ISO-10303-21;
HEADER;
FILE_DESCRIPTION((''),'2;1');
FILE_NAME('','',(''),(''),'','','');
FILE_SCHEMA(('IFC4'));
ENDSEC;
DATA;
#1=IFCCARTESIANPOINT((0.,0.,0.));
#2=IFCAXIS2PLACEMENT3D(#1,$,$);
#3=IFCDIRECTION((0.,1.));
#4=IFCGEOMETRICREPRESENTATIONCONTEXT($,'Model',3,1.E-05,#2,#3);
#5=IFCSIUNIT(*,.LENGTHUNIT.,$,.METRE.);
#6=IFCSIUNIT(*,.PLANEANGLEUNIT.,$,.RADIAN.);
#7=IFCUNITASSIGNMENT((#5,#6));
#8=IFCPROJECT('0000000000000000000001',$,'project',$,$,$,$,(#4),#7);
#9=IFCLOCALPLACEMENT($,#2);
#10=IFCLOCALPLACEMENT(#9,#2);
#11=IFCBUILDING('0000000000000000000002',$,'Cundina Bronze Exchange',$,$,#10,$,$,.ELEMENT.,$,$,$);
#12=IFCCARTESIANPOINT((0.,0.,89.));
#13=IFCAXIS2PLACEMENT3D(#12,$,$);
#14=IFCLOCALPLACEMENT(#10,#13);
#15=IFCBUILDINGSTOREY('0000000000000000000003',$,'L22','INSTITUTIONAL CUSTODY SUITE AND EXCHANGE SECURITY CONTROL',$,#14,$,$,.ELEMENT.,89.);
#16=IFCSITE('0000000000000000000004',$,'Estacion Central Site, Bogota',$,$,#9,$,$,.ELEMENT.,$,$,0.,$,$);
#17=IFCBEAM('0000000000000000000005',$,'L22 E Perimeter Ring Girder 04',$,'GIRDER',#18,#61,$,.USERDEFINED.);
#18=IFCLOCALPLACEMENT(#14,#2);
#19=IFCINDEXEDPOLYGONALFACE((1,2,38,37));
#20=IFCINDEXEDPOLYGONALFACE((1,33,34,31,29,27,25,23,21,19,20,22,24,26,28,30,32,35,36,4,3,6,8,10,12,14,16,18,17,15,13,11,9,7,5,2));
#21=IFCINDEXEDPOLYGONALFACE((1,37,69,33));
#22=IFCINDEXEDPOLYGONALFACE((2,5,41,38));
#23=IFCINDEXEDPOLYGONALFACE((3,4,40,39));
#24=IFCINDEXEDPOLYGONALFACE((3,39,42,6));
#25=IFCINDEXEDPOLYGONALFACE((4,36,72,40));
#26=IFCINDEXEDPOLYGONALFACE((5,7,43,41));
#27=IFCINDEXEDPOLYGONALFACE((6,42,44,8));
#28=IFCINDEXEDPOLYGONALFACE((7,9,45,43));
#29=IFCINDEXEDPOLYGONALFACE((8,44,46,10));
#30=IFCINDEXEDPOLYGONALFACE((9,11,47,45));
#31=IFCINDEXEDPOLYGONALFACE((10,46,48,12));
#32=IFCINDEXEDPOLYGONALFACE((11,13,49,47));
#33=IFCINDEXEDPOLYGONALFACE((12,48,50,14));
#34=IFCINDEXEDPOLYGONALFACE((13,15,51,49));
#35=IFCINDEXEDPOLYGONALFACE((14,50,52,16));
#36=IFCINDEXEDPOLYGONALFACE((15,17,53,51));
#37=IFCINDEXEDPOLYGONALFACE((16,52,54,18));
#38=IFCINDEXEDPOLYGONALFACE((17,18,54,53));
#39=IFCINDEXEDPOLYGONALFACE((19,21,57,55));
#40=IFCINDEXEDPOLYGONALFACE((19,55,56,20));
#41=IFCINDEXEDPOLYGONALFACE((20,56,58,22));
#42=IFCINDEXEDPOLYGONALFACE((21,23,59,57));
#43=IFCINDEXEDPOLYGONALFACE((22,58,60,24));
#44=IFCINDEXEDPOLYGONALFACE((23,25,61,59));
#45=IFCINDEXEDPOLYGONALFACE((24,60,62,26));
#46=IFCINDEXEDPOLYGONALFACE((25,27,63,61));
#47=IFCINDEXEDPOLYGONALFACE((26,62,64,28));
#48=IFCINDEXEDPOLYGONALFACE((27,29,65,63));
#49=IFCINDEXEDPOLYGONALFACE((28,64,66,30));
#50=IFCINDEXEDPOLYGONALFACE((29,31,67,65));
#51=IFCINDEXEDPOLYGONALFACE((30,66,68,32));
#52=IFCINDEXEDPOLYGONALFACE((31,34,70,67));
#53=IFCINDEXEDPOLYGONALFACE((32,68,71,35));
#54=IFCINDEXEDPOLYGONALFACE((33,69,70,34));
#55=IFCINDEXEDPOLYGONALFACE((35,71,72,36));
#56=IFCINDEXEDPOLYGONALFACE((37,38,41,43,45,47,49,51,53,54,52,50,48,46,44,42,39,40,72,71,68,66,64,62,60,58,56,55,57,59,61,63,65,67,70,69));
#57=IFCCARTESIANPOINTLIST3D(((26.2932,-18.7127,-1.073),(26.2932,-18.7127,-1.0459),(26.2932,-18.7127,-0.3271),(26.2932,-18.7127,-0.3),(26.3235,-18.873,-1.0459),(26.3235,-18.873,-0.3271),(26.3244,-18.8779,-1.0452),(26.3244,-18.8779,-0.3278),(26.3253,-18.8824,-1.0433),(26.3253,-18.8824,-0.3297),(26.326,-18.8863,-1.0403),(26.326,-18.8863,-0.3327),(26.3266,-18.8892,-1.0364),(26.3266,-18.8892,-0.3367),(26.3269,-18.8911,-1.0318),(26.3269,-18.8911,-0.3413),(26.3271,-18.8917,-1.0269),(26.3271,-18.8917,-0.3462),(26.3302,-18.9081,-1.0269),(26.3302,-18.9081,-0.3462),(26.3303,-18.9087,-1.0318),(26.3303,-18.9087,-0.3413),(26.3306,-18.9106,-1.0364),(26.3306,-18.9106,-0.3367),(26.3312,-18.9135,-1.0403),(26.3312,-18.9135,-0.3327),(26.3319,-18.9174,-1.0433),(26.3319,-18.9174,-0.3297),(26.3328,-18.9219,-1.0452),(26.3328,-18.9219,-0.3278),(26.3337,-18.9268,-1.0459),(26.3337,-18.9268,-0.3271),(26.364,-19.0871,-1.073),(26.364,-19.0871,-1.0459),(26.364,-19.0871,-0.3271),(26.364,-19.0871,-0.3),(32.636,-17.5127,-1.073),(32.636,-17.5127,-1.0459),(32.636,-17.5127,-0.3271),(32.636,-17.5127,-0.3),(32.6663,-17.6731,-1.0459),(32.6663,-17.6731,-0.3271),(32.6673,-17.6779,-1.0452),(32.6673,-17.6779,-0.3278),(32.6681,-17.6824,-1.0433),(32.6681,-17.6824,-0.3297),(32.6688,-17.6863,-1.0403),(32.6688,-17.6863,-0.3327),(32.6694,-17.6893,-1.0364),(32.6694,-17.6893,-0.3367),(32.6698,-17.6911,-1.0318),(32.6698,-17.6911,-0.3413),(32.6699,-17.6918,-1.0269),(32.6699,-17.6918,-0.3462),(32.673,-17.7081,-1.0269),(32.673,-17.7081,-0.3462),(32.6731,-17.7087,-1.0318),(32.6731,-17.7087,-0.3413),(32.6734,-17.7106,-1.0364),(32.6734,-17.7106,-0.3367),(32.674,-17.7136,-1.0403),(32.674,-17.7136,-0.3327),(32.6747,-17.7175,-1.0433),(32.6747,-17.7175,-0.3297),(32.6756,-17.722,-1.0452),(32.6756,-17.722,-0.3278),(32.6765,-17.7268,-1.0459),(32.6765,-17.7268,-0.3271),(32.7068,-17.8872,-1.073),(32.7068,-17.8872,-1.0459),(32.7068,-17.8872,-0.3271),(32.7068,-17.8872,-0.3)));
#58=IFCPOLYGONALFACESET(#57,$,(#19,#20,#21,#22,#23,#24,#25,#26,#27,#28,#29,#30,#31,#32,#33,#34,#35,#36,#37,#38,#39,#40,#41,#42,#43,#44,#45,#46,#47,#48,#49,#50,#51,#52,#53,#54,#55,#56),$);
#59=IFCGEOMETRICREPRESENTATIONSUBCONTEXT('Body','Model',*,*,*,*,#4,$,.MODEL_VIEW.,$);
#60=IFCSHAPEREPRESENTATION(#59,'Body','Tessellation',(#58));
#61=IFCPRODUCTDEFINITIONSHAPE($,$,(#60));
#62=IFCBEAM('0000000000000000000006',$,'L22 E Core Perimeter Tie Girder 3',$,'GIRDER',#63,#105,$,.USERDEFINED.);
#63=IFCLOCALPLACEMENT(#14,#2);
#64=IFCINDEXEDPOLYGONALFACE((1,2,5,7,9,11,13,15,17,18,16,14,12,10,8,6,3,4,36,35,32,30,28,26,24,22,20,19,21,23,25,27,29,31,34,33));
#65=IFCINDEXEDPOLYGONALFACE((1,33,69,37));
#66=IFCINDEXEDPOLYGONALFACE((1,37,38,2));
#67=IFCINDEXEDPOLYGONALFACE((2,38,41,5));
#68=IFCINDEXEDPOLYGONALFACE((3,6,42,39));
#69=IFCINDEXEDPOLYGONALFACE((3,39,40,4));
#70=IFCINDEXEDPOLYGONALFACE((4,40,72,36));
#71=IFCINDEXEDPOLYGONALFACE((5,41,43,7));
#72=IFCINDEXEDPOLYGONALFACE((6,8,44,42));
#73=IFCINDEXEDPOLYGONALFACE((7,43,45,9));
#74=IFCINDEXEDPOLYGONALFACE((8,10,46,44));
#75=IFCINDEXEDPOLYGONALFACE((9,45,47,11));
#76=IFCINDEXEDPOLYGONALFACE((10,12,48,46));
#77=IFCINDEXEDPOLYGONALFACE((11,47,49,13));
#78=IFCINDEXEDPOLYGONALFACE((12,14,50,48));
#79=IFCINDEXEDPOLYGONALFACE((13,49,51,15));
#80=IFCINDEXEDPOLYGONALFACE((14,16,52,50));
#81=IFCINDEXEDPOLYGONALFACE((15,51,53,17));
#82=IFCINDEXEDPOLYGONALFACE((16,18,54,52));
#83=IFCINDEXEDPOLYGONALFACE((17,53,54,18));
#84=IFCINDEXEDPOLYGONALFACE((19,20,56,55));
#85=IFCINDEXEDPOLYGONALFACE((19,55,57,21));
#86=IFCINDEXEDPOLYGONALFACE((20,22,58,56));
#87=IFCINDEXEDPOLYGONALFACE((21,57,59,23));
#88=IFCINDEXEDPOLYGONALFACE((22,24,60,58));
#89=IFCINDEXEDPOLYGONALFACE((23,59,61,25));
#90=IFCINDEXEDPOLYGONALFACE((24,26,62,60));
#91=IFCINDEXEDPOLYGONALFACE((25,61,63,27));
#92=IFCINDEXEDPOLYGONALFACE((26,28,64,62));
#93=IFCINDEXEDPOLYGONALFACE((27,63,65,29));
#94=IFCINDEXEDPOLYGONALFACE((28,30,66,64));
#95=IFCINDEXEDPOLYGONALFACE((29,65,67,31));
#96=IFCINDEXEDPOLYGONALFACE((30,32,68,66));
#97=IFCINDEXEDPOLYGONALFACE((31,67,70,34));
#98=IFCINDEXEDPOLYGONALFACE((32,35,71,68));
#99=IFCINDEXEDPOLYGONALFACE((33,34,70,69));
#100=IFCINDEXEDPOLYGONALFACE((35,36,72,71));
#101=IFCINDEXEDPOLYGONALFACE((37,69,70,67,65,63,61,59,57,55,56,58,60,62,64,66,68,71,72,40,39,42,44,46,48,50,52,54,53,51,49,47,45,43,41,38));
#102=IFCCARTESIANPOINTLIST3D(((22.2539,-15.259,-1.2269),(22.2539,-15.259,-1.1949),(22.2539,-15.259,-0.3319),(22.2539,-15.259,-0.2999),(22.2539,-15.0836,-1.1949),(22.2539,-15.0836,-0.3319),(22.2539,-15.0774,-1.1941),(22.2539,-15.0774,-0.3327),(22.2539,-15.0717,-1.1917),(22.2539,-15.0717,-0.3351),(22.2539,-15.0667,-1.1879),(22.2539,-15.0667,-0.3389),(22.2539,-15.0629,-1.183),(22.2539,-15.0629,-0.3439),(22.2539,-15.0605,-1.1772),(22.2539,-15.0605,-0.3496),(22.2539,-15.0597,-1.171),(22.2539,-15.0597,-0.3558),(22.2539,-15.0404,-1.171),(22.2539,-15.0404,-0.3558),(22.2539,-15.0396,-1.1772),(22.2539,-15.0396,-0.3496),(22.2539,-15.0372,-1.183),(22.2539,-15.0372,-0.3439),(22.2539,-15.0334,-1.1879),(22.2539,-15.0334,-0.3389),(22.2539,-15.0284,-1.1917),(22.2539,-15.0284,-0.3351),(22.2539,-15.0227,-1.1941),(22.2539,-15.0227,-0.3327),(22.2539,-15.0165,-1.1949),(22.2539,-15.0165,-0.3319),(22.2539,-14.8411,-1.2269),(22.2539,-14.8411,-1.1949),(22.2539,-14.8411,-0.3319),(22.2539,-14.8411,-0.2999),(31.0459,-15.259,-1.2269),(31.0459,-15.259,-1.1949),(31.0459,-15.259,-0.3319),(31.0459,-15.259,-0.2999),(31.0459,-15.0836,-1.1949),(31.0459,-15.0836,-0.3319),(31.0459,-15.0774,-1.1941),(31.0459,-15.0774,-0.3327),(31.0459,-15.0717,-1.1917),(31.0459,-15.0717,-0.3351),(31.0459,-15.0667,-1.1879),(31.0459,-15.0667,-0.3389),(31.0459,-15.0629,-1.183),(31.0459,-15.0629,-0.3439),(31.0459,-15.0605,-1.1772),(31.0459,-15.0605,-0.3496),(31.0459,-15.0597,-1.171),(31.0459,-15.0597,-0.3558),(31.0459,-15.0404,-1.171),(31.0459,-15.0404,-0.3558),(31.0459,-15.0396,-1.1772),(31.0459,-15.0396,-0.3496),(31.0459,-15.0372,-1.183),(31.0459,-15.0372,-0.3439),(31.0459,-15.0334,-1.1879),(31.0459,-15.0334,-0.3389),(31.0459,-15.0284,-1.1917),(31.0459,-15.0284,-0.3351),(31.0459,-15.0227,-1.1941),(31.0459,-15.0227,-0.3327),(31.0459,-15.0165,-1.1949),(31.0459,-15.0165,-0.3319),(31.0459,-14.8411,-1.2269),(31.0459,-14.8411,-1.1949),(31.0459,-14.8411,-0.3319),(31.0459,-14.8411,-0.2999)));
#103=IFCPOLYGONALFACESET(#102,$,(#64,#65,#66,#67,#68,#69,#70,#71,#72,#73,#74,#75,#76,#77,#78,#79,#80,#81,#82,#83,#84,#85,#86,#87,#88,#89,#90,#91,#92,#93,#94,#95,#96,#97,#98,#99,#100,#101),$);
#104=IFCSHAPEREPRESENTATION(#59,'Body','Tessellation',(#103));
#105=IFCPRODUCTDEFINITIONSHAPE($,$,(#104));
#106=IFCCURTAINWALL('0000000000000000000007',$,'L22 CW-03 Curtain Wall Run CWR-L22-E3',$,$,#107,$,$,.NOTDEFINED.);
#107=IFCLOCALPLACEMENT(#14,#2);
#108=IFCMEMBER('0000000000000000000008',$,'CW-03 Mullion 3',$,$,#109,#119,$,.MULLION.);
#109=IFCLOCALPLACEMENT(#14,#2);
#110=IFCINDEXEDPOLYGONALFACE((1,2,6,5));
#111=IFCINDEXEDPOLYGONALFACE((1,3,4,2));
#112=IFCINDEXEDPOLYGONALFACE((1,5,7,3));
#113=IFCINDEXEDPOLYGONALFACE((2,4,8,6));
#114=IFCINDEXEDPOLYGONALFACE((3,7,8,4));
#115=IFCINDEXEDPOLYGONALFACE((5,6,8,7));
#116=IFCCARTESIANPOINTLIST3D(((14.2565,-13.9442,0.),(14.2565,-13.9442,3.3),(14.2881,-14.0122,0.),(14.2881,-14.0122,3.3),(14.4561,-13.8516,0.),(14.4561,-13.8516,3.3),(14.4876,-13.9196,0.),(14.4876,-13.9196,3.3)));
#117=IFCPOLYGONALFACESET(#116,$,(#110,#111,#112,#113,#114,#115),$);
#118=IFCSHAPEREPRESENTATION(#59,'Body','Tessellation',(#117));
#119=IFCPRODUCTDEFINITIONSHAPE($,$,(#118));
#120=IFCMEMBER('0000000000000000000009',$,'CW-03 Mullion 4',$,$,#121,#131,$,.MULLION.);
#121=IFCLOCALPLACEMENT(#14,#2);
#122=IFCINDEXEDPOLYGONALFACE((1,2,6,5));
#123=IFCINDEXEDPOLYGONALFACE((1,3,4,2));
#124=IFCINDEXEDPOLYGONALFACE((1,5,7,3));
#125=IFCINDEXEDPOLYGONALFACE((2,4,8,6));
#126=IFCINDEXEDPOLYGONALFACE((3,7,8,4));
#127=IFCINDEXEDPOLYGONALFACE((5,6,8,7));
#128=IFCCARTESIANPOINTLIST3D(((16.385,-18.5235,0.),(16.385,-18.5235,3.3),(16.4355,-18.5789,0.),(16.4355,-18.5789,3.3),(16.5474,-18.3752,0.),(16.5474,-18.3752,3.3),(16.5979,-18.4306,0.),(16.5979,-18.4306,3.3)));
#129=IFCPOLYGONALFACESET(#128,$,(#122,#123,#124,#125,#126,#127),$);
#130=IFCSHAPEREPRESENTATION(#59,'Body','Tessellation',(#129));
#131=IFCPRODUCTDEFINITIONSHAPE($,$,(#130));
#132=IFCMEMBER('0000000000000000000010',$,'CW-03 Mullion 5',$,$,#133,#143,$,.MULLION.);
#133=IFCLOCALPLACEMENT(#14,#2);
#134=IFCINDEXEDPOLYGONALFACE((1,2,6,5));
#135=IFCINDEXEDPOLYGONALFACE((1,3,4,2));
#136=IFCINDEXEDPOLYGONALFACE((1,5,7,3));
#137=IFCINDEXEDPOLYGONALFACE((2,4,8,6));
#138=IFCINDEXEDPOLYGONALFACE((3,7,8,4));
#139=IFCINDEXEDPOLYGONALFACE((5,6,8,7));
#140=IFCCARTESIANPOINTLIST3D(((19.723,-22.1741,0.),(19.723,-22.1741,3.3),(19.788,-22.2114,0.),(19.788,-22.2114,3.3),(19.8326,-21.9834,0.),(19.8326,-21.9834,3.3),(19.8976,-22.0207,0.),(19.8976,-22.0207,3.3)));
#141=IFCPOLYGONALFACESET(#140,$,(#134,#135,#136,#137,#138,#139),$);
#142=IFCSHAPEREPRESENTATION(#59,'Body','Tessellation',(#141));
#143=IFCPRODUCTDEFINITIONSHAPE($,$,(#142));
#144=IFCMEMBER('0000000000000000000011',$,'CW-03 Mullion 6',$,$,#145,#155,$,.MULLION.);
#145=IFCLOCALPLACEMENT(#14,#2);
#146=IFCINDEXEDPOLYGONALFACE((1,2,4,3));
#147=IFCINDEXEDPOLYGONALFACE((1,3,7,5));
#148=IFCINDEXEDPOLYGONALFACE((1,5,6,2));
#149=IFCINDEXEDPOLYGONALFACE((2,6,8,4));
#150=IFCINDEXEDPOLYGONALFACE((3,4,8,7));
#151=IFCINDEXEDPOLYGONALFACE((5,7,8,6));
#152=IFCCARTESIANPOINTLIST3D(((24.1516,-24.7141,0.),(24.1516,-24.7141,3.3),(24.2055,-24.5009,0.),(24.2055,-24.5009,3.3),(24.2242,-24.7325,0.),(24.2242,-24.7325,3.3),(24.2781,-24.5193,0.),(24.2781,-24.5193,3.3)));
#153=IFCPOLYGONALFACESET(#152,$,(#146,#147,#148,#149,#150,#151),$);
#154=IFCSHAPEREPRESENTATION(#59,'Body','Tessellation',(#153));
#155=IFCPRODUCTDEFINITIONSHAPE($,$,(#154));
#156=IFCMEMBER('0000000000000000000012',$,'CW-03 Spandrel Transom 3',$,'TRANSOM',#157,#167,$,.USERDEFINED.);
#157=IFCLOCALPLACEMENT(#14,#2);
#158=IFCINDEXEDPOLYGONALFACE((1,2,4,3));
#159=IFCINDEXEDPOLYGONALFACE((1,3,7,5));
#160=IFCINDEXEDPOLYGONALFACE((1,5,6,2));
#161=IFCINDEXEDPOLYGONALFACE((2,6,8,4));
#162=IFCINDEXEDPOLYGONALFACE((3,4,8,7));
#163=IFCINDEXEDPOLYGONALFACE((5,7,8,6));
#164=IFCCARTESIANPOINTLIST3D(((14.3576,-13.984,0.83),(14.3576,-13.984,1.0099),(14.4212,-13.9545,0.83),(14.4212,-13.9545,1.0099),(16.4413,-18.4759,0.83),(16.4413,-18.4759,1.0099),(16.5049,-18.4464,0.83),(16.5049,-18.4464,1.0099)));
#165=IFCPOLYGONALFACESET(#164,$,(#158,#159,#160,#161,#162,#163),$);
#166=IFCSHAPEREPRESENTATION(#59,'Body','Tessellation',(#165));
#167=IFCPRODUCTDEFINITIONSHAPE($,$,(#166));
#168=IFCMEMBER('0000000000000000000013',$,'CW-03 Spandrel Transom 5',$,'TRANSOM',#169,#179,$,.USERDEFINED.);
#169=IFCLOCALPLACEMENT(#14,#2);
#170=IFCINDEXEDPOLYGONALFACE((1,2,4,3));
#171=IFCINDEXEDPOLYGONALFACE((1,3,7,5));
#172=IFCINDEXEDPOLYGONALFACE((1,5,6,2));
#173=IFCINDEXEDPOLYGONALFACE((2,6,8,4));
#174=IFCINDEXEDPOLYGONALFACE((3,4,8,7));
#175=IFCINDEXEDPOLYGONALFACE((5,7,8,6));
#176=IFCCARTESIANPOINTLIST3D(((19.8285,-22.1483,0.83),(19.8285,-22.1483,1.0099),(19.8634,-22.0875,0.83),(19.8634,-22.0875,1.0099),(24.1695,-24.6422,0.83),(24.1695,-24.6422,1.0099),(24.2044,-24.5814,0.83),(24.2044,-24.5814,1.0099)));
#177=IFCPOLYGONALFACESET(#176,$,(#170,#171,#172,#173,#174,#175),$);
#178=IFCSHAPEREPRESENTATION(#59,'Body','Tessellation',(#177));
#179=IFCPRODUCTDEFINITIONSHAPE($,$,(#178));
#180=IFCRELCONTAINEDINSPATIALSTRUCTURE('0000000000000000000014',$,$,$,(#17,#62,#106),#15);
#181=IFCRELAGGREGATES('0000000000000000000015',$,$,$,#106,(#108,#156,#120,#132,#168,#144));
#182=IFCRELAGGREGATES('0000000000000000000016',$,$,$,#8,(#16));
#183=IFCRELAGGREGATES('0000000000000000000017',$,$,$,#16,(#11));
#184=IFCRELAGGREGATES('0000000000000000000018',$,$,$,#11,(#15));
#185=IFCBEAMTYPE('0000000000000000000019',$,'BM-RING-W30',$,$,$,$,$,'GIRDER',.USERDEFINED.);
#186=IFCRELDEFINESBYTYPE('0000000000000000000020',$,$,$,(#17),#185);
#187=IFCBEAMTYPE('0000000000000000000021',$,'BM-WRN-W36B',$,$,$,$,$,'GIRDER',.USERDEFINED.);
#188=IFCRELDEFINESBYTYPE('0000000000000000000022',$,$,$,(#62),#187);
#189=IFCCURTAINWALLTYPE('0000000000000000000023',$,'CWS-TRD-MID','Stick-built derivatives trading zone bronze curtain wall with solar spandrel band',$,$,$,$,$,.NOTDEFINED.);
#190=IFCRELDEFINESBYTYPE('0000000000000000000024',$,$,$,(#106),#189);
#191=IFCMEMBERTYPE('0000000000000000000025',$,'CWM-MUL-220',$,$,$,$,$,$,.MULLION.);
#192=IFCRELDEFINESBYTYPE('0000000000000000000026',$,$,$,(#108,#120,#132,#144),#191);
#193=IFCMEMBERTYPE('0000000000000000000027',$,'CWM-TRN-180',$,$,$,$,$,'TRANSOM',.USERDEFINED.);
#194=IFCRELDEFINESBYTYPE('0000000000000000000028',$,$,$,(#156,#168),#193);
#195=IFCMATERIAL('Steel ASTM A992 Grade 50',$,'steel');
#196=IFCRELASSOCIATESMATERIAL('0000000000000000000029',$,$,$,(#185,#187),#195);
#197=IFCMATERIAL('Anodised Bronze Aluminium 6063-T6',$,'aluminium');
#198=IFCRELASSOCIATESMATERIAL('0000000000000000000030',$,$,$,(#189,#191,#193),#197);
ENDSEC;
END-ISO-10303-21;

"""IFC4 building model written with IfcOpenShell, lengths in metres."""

from ifc_helpers import new_model, si_unit, direction, frame, origin, origin_2d, place, context, subcontext, project, spatial, rectangle, i_section, extrude, material, material_profile, profile_set, type_object, element, aggregate, save


model = new_model("IFC4")

# Units and contexts
model_context = context("Model", 3, precision=1e-05, world=origin(), true_north=direction((0.0, 1.0)))
body_context = subcontext(model_context, "Body", "Model", "MODEL_VIEW")
ifc_project = project(units=[si_unit("LENGTHUNIT", "METRE"), si_unit("PLANEANGLEUNIT", "RADIAN")], contexts=[model_context])

# Site, building, storey
site_placement = place(None, origin())
site = spatial("IfcSite", under=ifc_project, at=site_placement, Name="Estacion Central Site, Bogota", CompositionType="ELEMENT", RefElevation=0.0)
building_placement = place(site_placement, origin())
building = spatial("IfcBuilding", under=site, at=building_placement, Name="Cundina Bronze Exchange", CompositionType="ELEMENT")
storey_placement = place(building_placement, frame((0.0, 0.0, 89.0)))
storey = spatial("IfcBuildingStorey", under=building, at=storey_placement, Name="L22", Description="INSTITUTIONAL CUSTODY SUITE AND EXCHANGE SECURITY CONTROL", CompositionType="ELEMENT", Elevation=89.0)

# Shared definitions
ifc_material_1 = material(Name="Steel ASTM A992 Grade 50", Category="steel")

# Beams
ifc_material_profile_1 = material_profile(ifc_material_1, i_section(OverallWidth=0.3811, OverallDepth=0.7729, WebThickness=0.0166, FlangeThickness=0.0271, FilletRadius=0.019, at=origin_2d()), Name="W30X173", Category="steel")
ifc_profile_set_1 = profile_set([ifc_material_profile_1], Name="Steel ASTM A992 Grade 50")
beam_type_1 = type_object("IfcBeamType", Name="BM-RING-W30", ElementType="GIRDER", PredefinedType="USERDEFINED", material=ifc_profile_set_1)
beam_1_placement = place(storey_placement, frame((26.3286, -18.8999, -0.6865), z_axis=(0.982571, 0.185887, 0.0), x_axis=(-0.185887, 0.982571, 0.0)))
element("IfcBeam", 1, at=beam_1_placement, inside=storey, type_object=beam_type_1, Name="L22 E Perimeter Ring Girder 04", ObjectType="GIRDER", PredefinedType="USERDEFINED", context=body_context, shape_type="SweptSolid", body=[
    extrude(i_section(OverallWidth=0.3811, OverallDepth=0.7729, WebThickness=0.0166, FlangeThickness=0.0271, FilletRadius=0.019, at=origin_2d()), origin(), (0.0, 0.0, 1.0), 6.4553),
])
ifc_material_profile_2 = material_profile(ifc_material_1, i_section(OverallWidth=0.418, OverallDepth=0.927, WebThickness=0.0193, FlangeThickness=0.032, FilletRadius=0.0239, at=origin_2d()), Name="W36X231", Category="steel")
ifc_profile_set_2 = profile_set([ifc_material_profile_2], Name="Steel ASTM A992 Grade 50")
beam_type_2 = type_object("IfcBeamType", Name="BM-WRN-W36B", ElementType="GIRDER", PredefinedType="USERDEFINED", material=ifc_profile_set_2)
beam_2_placement = place(storey_placement, frame((22.2539, -15.05, -0.7634), z_axis=(1.0, 0.0, 0.0), x_axis=(0.0, 1.0, 0.0)))
element("IfcBeam", 2, at=beam_2_placement, inside=storey, type_object=beam_type_2, Name="L22 E Core Perimeter Tie Girder 3", ObjectType="GIRDER", PredefinedType="USERDEFINED", context=body_context, shape_type="SweptSolid", body=[
    extrude(i_section(OverallWidth=0.418, OverallDepth=0.927, WebThickness=0.0193, FlangeThickness=0.032, FilletRadius=0.0239, at=origin_2d()), origin(), (0.0, 0.0, 1.0), 8.792),
])

# Curtain wall, members
ifc_material_2 = material(Name="Anodised Bronze Aluminium 6063-T6", Category="aluminium")
curtain_wall_type = type_object("IfcCurtainWallType", Name="CWS-TRD-MID", Description="Stick-built derivatives trading zone bronze curtain wall with solar spandrel band", PredefinedType="NOTDEFINED", material=ifc_material_2)
curtain_wall_placement = place(storey_placement, origin())
curtain_wall = element("IfcCurtainWall", 3, at=curtain_wall_placement, inside=storey, type_object=curtain_wall_type, Name="L22 CW-03 Curtain Wall Run CWR-L22-E3", PredefinedType="NOTDEFINED")
ifc_material_profile_3 = material_profile(ifc_material_2, rectangle(XDim=0.075, YDim=0.22, at=origin_2d()), Name="AL75X220", Category="aluminium")
ifc_profile_set_3 = profile_set([ifc_material_profile_3], Name="Anodised Bronze Aluminium 6063-T6")
member_type_1 = type_object("IfcMemberType", Name="CWM-MUL-220", PredefinedType="MULLION", material=ifc_profile_set_3)
member_1_placement = place(storey_placement, frame((14.3721, -13.9319, 0.0), z_axis=(0.0, 0.0, 1.0), x_axis=(0.420877, -0.907117, 0.0)))
member_1 = element("IfcMember", 4, at=member_1_placement, type_object=member_type_1, Name="CW-03 Mullion 3", PredefinedType="MULLION", context=body_context, shape_type="SweptSolid", body=[
    extrude(rectangle(XDim=0.075, YDim=0.22, at=origin_2d()), origin(), (0.0, 0.0, 1.0), 3.3),
])
member_2_placement = place(storey_placement, frame((16.4915, -18.4771, 0.0), z_axis=(0.0, 0.0, 1.0), x_axis=(0.674302, -0.738455, 0.0)))
member_2 = element("IfcMember", 5, at=member_2_placement, type_object=member_type_1, Name="CW-03 Mullion 4", PredefinedType="MULLION", context=body_context, shape_type="SweptSolid", body=[
    extrude(rectangle(XDim=0.075, YDim=0.22, at=origin_2d()), origin(), (0.0, 0.0, 1.0), 3.3),
])
member_3_placement = place(storey_placement, frame((19.8103, -22.0974, 0.0), z_axis=(0.0, 0.0, 1.0), x_axis=(0.867071, -0.498185, 0.0)))
member_3 = element("IfcMember", 6, at=member_3_placement, type_object=member_type_1, Name="CW-03 Mullion 5", PredefinedType="MULLION", context=body_context, shape_type="SweptSolid", body=[
    extrude(rectangle(XDim=0.075, YDim=0.22, at=origin_2d()), origin(), (0.0, 0.0, 1.0), 3.3),
])
member_4_placement = place(storey_placement, frame((24.2148, -24.6167, 0.0), z_axis=(0.0, 0.0, 1.0), x_axis=(0.969488, -0.245138, 0.0)))
member_4 = element("IfcMember", 7, at=member_4_placement, type_object=member_type_1, Name="CW-03 Mullion 6", PredefinedType="MULLION", context=body_context, shape_type="SweptSolid", body=[
    extrude(rectangle(XDim=0.075, YDim=0.22, at=origin_2d()), origin(), (0.0, 0.0, 1.0), 3.3),
])
ifc_material_profile_4 = material_profile(ifc_material_2, rectangle(XDim=0.0701, YDim=0.1799, at=origin_2d()), Name="AL70X180", Category="aluminium")
ifc_profile_set_4 = profile_set([ifc_material_profile_4], Name="Anodised Bronze Aluminium 6063-T6")
member_type_2 = type_object("IfcMemberType", Name="CWM-TRN-180", ElementType="TRANSOM", PredefinedType="USERDEFINED", material=ifc_profile_set_4)
member_5_placement = place(storey_placement, frame((14.3894, -13.9692, 0.9199), z_axis=(0.420811, -0.907148, 0.0), x_axis=(0.907148, 0.420811, 0.0)))
member_5 = element("IfcMember", 8, at=member_5_placement, type_object=member_type_2, Name="CW-03 Spandrel Transom 3", ObjectType="TRANSOM", PredefinedType="USERDEFINED", context=body_context, shape_type="SweptSolid", body=[
    extrude(rectangle(XDim=0.0701, YDim=0.1799, at=origin_2d()), origin(), (0.0, 0.0, 1.0), 4.9517),
])
member_6_placement = place(storey_placement, frame((19.8459, -22.1179, 0.9199), z_axis=(0.867097, -0.498139, 0.0), x_axis=(0.498139, 0.867097, 0.0)))
member_6 = element("IfcMember", 9, at=member_6_placement, type_object=member_type_2, Name="CW-03 Spandrel Transom 5", ObjectType="TRANSOM", PredefinedType="USERDEFINED", context=body_context, shape_type="SweptSolid", body=[
    extrude(rectangle(XDim=0.0701, YDim=0.1799, at=origin_2d()), origin(), (0.0, 0.0, 1.0), 5.0063),
])
aggregate(curtain_wall, [member_1, member_5, member_2, member_3, member_6, member_4])

save(model, "model.ifc")
